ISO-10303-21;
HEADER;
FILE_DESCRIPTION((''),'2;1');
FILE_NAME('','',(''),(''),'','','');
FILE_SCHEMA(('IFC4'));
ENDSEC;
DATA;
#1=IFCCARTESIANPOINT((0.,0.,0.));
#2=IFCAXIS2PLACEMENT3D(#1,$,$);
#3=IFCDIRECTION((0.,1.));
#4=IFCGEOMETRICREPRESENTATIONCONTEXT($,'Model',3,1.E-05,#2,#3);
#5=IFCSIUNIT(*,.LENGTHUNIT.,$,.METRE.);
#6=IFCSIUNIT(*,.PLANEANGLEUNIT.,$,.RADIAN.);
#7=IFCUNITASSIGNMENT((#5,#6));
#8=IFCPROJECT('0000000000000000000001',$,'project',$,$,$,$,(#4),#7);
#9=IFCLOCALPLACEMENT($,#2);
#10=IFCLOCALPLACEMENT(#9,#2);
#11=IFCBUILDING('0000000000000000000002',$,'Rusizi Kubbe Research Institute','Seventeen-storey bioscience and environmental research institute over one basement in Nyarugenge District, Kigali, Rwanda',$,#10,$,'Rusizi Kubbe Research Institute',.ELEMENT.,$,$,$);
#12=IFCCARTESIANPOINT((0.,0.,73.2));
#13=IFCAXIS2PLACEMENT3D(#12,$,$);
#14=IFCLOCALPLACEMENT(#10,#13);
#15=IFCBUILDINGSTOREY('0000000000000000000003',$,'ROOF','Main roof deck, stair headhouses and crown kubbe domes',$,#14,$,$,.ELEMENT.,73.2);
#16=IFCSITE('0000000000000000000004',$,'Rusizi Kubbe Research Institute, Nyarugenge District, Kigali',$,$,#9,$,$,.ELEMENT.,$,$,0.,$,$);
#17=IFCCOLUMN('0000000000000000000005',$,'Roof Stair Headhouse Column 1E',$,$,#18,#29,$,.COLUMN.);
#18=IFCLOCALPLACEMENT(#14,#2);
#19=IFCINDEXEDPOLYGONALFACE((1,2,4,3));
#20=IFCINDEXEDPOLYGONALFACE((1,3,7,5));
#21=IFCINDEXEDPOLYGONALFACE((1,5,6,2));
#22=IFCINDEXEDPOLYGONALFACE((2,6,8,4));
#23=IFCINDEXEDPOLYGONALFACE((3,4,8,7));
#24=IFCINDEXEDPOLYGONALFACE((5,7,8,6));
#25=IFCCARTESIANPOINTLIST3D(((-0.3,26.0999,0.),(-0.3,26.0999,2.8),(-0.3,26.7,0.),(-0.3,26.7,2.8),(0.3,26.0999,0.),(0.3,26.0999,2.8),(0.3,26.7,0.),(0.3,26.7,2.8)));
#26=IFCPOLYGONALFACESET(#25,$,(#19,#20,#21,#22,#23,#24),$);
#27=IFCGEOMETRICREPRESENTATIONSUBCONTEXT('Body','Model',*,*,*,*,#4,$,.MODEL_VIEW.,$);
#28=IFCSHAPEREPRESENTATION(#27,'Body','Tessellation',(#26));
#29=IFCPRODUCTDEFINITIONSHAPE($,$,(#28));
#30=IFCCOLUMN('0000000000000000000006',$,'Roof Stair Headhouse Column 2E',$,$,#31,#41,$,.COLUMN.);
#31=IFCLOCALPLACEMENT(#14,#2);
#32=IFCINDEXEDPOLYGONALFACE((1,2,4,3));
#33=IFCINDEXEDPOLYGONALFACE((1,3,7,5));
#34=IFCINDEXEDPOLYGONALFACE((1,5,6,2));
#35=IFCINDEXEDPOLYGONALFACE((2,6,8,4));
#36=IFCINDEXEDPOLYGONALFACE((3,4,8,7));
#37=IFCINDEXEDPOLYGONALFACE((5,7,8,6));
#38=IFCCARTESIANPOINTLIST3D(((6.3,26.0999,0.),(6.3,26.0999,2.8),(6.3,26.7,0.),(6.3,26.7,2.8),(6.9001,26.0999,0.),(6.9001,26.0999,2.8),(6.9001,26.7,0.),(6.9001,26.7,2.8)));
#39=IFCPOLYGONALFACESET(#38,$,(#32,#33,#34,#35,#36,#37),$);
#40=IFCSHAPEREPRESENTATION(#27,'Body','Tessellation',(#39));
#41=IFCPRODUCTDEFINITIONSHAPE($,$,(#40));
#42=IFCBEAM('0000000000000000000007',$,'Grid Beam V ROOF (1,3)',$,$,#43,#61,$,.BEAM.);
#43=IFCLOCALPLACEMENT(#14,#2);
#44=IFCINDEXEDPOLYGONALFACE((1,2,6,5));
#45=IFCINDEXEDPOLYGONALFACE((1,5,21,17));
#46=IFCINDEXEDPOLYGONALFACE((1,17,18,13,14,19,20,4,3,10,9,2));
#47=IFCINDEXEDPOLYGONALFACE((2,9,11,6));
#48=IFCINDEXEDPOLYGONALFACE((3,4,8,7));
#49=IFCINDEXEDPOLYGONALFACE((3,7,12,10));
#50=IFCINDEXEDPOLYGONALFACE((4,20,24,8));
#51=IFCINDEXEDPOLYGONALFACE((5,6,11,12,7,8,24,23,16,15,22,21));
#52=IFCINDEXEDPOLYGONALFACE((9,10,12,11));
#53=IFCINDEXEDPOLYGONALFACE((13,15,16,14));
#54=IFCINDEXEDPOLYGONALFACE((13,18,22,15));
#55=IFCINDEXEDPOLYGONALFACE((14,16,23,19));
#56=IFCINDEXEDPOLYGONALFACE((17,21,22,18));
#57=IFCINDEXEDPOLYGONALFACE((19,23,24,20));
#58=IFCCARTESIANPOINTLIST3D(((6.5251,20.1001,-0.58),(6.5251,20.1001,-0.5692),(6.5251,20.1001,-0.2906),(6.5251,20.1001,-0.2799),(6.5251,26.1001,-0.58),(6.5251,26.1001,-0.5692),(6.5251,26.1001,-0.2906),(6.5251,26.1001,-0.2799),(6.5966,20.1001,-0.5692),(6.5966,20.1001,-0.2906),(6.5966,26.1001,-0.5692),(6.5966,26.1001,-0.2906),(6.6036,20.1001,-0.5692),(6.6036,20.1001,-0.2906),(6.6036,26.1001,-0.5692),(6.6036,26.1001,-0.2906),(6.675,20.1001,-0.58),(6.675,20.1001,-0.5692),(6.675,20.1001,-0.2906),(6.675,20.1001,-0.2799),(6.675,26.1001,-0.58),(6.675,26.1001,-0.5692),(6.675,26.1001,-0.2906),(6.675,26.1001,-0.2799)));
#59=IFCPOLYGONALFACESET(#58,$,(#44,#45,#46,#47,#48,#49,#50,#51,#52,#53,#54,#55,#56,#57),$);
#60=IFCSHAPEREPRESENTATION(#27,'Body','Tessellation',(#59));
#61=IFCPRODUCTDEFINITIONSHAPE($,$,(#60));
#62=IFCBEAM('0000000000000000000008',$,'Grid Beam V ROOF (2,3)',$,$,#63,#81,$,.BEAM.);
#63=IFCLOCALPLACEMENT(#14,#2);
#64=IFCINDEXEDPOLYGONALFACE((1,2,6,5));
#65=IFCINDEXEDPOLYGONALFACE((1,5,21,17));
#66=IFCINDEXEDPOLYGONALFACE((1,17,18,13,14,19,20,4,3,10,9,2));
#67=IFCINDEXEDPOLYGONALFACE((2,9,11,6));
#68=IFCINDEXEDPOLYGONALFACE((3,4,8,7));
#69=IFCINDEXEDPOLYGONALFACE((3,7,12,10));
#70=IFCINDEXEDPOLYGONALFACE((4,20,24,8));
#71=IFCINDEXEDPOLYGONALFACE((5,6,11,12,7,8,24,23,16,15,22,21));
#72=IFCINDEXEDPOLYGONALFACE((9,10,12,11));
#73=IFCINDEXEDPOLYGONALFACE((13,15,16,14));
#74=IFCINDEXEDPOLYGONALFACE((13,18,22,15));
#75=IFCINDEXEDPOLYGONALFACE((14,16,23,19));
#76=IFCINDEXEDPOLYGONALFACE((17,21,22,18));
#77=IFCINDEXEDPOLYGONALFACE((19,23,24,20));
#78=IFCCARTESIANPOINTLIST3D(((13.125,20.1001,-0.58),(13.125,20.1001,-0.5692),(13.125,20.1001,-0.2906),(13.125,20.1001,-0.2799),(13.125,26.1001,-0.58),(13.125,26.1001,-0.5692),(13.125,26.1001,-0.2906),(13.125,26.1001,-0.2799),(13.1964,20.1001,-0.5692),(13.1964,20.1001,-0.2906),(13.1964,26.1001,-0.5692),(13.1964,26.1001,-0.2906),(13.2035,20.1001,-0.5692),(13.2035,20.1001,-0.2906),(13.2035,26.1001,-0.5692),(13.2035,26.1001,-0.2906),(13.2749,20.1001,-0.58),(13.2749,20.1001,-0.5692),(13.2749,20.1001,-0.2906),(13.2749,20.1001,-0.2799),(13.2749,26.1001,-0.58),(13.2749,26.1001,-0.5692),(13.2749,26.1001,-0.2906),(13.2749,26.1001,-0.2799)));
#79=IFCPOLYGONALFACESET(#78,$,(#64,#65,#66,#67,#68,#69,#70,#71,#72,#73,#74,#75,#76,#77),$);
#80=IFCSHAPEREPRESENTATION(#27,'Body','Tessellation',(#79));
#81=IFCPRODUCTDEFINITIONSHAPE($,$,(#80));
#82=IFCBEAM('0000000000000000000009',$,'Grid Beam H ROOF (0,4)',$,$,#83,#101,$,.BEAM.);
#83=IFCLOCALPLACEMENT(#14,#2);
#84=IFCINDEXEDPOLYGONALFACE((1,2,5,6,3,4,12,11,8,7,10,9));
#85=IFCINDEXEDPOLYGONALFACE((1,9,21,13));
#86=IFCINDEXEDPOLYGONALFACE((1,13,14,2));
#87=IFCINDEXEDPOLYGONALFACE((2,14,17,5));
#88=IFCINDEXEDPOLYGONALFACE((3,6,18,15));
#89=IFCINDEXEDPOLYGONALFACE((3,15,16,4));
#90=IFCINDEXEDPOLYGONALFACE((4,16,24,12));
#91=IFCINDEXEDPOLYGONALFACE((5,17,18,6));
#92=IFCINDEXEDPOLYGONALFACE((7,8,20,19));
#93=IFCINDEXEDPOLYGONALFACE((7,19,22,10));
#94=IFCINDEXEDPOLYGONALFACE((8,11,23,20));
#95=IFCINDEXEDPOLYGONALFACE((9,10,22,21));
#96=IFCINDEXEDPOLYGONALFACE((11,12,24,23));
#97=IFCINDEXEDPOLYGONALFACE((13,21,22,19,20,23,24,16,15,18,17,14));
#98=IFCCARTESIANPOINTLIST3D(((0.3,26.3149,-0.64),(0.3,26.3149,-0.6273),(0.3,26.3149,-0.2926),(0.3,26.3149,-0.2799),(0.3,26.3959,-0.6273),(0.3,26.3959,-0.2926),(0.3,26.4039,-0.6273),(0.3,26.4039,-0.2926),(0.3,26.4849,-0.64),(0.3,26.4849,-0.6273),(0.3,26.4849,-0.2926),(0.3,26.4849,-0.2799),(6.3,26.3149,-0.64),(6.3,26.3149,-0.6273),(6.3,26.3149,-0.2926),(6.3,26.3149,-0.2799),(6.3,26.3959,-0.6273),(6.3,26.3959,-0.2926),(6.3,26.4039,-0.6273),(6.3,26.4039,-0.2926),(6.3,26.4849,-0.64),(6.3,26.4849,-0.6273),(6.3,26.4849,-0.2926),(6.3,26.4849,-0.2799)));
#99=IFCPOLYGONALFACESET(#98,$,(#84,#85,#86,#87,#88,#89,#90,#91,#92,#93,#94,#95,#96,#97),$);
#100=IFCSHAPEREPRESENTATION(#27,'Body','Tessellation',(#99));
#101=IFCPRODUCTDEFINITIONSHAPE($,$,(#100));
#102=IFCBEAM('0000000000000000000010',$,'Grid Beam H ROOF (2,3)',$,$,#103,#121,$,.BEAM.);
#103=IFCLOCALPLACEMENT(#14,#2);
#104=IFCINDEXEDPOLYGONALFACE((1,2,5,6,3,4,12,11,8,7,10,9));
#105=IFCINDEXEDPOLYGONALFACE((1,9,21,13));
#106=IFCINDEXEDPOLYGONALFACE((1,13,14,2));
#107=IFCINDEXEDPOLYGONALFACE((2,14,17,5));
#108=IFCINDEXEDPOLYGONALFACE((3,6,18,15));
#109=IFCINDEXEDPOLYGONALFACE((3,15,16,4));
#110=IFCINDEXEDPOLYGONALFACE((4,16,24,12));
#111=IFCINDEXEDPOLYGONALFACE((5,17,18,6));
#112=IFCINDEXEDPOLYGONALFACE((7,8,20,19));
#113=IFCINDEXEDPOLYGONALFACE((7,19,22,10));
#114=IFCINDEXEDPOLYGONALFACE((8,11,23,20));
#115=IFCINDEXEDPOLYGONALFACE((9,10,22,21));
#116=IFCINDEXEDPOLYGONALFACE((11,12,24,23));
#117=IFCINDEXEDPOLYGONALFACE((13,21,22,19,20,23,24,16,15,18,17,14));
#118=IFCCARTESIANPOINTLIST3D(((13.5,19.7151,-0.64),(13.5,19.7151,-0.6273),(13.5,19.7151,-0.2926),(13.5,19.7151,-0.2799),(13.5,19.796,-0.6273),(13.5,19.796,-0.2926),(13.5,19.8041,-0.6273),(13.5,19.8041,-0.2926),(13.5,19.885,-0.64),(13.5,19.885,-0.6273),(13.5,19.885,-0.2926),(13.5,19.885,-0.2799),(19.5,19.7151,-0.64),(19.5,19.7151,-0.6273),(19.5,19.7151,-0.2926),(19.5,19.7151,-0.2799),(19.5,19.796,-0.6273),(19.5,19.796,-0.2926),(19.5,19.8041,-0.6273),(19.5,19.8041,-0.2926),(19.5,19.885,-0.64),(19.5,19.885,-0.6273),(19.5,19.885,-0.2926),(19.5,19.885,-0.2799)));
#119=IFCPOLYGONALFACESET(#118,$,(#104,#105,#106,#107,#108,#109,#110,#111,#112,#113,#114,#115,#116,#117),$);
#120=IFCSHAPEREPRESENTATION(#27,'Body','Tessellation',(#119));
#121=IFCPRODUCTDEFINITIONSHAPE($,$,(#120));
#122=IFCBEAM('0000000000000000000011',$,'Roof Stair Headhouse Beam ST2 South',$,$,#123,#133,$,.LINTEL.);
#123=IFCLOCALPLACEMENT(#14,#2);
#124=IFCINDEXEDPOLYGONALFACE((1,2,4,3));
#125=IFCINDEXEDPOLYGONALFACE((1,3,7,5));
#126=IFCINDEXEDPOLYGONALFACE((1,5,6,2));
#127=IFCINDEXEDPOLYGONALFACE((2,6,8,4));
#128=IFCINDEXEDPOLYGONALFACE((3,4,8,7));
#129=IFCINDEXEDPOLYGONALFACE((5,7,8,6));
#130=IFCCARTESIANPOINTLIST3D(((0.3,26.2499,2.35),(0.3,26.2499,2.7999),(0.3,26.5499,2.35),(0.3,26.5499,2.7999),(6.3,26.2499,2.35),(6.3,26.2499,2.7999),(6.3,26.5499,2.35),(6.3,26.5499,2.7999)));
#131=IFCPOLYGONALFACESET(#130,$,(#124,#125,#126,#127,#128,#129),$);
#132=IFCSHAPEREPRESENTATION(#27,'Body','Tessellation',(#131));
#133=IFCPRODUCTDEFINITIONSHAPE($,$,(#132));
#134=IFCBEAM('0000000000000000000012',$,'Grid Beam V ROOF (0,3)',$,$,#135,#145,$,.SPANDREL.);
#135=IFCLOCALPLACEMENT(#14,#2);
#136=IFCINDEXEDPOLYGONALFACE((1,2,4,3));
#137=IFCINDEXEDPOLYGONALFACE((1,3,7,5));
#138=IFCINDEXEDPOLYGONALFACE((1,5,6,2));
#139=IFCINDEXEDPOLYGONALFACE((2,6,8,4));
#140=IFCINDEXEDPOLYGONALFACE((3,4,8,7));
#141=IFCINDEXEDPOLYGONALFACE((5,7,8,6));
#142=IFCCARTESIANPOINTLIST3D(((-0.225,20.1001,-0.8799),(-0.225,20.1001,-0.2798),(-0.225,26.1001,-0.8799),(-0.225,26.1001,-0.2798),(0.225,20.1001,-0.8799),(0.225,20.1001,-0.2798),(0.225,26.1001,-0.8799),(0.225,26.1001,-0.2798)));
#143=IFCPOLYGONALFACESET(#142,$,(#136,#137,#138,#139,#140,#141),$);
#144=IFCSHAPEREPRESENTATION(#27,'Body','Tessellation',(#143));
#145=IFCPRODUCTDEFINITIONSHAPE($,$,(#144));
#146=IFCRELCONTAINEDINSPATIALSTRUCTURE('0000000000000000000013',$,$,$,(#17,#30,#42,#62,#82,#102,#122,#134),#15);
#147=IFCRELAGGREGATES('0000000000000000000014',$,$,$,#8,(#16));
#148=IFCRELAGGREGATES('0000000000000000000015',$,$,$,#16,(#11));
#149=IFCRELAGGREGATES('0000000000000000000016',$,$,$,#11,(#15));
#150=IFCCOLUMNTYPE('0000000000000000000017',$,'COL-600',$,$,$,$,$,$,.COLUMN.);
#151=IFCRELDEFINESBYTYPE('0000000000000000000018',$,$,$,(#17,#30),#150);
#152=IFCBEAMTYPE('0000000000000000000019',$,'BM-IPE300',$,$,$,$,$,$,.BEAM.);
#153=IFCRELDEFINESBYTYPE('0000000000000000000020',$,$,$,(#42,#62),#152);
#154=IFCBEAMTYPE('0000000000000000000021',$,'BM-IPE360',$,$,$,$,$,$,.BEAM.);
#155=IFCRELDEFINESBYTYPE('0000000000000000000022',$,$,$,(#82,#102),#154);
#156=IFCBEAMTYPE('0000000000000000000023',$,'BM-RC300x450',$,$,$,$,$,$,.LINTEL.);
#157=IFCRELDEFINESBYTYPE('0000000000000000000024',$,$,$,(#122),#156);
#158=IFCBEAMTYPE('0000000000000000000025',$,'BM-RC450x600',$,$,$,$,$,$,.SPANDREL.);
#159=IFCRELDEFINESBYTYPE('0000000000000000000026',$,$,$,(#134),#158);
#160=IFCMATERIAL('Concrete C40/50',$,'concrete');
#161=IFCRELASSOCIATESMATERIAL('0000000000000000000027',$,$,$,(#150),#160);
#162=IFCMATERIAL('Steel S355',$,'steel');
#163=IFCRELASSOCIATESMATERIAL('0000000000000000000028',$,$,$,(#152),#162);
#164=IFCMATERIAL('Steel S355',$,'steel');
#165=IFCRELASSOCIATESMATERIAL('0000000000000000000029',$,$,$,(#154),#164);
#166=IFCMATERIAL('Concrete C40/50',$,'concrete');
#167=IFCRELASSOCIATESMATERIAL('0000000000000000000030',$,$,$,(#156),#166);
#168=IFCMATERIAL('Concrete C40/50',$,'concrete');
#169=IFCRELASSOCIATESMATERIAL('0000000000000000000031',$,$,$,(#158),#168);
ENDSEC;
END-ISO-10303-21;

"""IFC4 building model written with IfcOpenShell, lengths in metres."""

from ifc_helpers import new_model, si_unit, direction, frame, origin, origin_2d, place, context, subcontext, project, spatial, rectangle, i_section, extrude, material, material_profile, profile_set, type_object, element, save


model = new_model("IFC4")

# Units and contexts
model_context = context("Model", 3, precision=1e-05, world=origin(), true_north=direction((0.0, 1.0)))
body_context = subcontext(model_context, "Body", "Model", "MODEL_VIEW")
ifc_project = project(units=[si_unit("LENGTHUNIT", "METRE"), si_unit("PLANEANGLEUNIT", "RADIAN")], contexts=[model_context])

# Site, building, storey
site_placement = place(None, origin())
site = spatial("IfcSite", under=ifc_project, at=site_placement, Name="Rusizi Kubbe Research Institute, Nyarugenge District, Kigali", CompositionType="ELEMENT", RefElevation=0.0)
building_placement = place(site_placement, origin())
building = spatial("IfcBuilding", under=site, at=building_placement, Name="Rusizi Kubbe Research Institute", Description="Seventeen-storey bioscience and environmental research institute over one basement in Nyarugenge District, Kigali, Rwanda", LongName="Rusizi Kubbe Research Institute", CompositionType="ELEMENT")
storey_placement = place(building_placement, frame((0.0, 0.0, 73.2)))
storey = spatial("IfcBuildingStorey", under=building, at=storey_placement, Name="ROOF", Description="Main roof deck, stair headhouses and crown kubbe domes", CompositionType="ELEMENT", Elevation=73.2)

# Columns
ifc_material_1 = material(Name="Concrete C40/50", Category="concrete")
ifc_material_profile_1 = material_profile(ifc_material_1, rectangle(XDim=0.6001, YDim=0.6001, at=origin_2d()), Name="RC600x600")
ifc_profile_set_1 = profile_set([ifc_material_profile_1], Name="Concrete C40/50")
column_type = type_object("IfcColumnType", Name="COL-600", PredefinedType="COLUMN", material=ifc_profile_set_1)
for number, where, z_axis, x_axis, name in (
    (1, (0.0, 26.3999, 0.0), (0.0, 0.0, 1.0), (1.0, 0.0, 0.0), "Roof Stair Headhouse Column 1E"),
    (2, (6.6001, 26.3999, 0.0), (0.0, 0.0, 1.0), (1.0, 0.0, 0.0), "Roof Stair Headhouse Column 2E"),
):
    element("IfcColumn", number, at=place(storey_placement, frame(where, z_axis=z_axis, x_axis=x_axis)), inside=storey, type_object=column_type, Name=name, PredefinedType="COLUMN", context=body_context, shape_type="SweptSolid", body=[
        extrude(rectangle(XDim=0.6001, YDim=0.6001, at=origin_2d()), origin(), (0.0, 0.0, 1.0), 2.8),
    ])

# Beams
ifc_material_2 = material(Name="Steel S355", Category="steel")
ifc_material_profile_2 = material_profile(ifc_material_2, i_section(OverallWidth=0.1499, OverallDepth=0.3, WebThickness=0.0071, FlangeThickness=0.0107, at=origin_2d()), Name="IPE 300")
ifc_profile_set_2 = profile_set([ifc_material_profile_2], Name="Steel S355")
beam_type_1 = type_object("IfcBeamType", Name="BM-IPE300", PredefinedType="BEAM", material=ifc_profile_set_2)
for number, where, z_axis, x_axis, name in (
    (3, (6.6001, 20.1001, -0.4299), (0.0, 1.0, 0.0), (-1.0, 0.0, 0.0), "Grid Beam V ROOF (1,3)"),
    (4, (13.2, 20.1001, -0.4299), (0.0, 1.0, 0.0), (-1.0, 0.0, 0.0), "Grid Beam V ROOF (2,3)"),
):
    element("IfcBeam", number, at=place(storey_placement, frame(where, z_axis=z_axis, x_axis=x_axis)), inside=storey, type_object=beam_type_1, Name=name, PredefinedType="BEAM", context=body_context, shape_type="SweptSolid", body=[
        extrude(i_section(OverallWidth=0.1499, OverallDepth=0.3, WebThickness=0.0071, FlangeThickness=0.0107, at=origin_2d()), origin(), (0.0, 0.0, 1.0), 6.0),
    ])
ifc_material_3 = material(Name="Steel S355", Category="steel")
ifc_material_profile_3 = material_profile(ifc_material_3, i_section(OverallWidth=0.1699, OverallDepth=0.3601, WebThickness=0.0081, FlangeThickness=0.0127, at=origin_2d()), Name="IPE 360")
ifc_profile_set_3 = profile_set([ifc_material_profile_3], Name="Steel S355")
beam_type_2 = type_object("IfcBeamType", Name="BM-IPE360", PredefinedType="BEAM", material=ifc_profile_set_3)
for number, where, z_axis, x_axis, name in (
    (5, (0.3, 26.3999, -0.46), (1.0, 0.0, 0.0), (0.0, 1.0, 0.0), "Grid Beam H ROOF (0,4)"),
    (6, (13.5, 19.8, -0.46), (1.0, 0.0, 0.0), (0.0, 1.0, 0.0), "Grid Beam H ROOF (2,3)"),
):
    element("IfcBeam", number, at=place(storey_placement, frame(where, z_axis=z_axis, x_axis=x_axis)), inside=storey, type_object=beam_type_2, Name=name, PredefinedType="BEAM", context=body_context, shape_type="SweptSolid", body=[
        extrude(i_section(OverallWidth=0.1699, OverallDepth=0.3601, WebThickness=0.0081, FlangeThickness=0.0127, at=origin_2d()), origin(), (0.0, 0.0, 1.0), 6.0),
    ])
ifc_material_4 = material(Name="Concrete C40/50", Category="concrete")
ifc_material_profile_4 = material_profile(ifc_material_4, rectangle(XDim=0.3, YDim=0.45, at=origin_2d()), Name="RC300x450")
ifc_profile_set_4 = profile_set([ifc_material_profile_4], Name="Concrete C40/50")
beam_type_3 = type_object("IfcBeamType", Name="BM-RC300x450", PredefinedType="LINTEL", material=ifc_profile_set_4)
beam_1_placement = place(storey_placement, frame((0.3, 26.3999, 2.575), z_axis=(1.0, 0.0, 0.0), x_axis=(0.0, 1.0, 0.0)))
element("IfcBeam", 7, at=beam_1_placement, inside=storey, type_object=beam_type_3, Name="Roof Stair Headhouse Beam ST2 South", PredefinedType="LINTEL", context=body_context, shape_type="SweptSolid", body=[
    extrude(rectangle(XDim=0.3, YDim=0.45, at=origin_2d()), origin(), (0.0, 0.0, 1.0), 6.0),
])
ifc_material_5 = material(Name="Concrete C40/50", Category="concrete")
ifc_material_profile_5 = material_profile(ifc_material_5, rectangle(XDim=0.45, YDim=0.6001, at=origin_2d()), Name="RC450x600")
ifc_profile_set_5 = profile_set([ifc_material_profile_5], Name="Concrete C40/50")
beam_type_4 = type_object("IfcBeamType", Name="BM-RC450x600", PredefinedType="SPANDREL", material=ifc_profile_set_5)
beam_2_placement = place(storey_placement, frame((0.0, 20.1001, -0.5798), z_axis=(0.0, 1.0, 0.0), x_axis=(-1.0, 0.0, 0.0)))
element("IfcBeam", 8, at=beam_2_placement, inside=storey, type_object=beam_type_4, Name="Grid Beam V ROOF (0,3)", PredefinedType="SPANDREL", context=body_context, shape_type="SweptSolid", body=[
    extrude(rectangle(XDim=0.45, YDim=0.6001, at=origin_2d()), origin(), (0.0, 0.0, 1.0), 6.0),
])

save(model, "model.ifc")
